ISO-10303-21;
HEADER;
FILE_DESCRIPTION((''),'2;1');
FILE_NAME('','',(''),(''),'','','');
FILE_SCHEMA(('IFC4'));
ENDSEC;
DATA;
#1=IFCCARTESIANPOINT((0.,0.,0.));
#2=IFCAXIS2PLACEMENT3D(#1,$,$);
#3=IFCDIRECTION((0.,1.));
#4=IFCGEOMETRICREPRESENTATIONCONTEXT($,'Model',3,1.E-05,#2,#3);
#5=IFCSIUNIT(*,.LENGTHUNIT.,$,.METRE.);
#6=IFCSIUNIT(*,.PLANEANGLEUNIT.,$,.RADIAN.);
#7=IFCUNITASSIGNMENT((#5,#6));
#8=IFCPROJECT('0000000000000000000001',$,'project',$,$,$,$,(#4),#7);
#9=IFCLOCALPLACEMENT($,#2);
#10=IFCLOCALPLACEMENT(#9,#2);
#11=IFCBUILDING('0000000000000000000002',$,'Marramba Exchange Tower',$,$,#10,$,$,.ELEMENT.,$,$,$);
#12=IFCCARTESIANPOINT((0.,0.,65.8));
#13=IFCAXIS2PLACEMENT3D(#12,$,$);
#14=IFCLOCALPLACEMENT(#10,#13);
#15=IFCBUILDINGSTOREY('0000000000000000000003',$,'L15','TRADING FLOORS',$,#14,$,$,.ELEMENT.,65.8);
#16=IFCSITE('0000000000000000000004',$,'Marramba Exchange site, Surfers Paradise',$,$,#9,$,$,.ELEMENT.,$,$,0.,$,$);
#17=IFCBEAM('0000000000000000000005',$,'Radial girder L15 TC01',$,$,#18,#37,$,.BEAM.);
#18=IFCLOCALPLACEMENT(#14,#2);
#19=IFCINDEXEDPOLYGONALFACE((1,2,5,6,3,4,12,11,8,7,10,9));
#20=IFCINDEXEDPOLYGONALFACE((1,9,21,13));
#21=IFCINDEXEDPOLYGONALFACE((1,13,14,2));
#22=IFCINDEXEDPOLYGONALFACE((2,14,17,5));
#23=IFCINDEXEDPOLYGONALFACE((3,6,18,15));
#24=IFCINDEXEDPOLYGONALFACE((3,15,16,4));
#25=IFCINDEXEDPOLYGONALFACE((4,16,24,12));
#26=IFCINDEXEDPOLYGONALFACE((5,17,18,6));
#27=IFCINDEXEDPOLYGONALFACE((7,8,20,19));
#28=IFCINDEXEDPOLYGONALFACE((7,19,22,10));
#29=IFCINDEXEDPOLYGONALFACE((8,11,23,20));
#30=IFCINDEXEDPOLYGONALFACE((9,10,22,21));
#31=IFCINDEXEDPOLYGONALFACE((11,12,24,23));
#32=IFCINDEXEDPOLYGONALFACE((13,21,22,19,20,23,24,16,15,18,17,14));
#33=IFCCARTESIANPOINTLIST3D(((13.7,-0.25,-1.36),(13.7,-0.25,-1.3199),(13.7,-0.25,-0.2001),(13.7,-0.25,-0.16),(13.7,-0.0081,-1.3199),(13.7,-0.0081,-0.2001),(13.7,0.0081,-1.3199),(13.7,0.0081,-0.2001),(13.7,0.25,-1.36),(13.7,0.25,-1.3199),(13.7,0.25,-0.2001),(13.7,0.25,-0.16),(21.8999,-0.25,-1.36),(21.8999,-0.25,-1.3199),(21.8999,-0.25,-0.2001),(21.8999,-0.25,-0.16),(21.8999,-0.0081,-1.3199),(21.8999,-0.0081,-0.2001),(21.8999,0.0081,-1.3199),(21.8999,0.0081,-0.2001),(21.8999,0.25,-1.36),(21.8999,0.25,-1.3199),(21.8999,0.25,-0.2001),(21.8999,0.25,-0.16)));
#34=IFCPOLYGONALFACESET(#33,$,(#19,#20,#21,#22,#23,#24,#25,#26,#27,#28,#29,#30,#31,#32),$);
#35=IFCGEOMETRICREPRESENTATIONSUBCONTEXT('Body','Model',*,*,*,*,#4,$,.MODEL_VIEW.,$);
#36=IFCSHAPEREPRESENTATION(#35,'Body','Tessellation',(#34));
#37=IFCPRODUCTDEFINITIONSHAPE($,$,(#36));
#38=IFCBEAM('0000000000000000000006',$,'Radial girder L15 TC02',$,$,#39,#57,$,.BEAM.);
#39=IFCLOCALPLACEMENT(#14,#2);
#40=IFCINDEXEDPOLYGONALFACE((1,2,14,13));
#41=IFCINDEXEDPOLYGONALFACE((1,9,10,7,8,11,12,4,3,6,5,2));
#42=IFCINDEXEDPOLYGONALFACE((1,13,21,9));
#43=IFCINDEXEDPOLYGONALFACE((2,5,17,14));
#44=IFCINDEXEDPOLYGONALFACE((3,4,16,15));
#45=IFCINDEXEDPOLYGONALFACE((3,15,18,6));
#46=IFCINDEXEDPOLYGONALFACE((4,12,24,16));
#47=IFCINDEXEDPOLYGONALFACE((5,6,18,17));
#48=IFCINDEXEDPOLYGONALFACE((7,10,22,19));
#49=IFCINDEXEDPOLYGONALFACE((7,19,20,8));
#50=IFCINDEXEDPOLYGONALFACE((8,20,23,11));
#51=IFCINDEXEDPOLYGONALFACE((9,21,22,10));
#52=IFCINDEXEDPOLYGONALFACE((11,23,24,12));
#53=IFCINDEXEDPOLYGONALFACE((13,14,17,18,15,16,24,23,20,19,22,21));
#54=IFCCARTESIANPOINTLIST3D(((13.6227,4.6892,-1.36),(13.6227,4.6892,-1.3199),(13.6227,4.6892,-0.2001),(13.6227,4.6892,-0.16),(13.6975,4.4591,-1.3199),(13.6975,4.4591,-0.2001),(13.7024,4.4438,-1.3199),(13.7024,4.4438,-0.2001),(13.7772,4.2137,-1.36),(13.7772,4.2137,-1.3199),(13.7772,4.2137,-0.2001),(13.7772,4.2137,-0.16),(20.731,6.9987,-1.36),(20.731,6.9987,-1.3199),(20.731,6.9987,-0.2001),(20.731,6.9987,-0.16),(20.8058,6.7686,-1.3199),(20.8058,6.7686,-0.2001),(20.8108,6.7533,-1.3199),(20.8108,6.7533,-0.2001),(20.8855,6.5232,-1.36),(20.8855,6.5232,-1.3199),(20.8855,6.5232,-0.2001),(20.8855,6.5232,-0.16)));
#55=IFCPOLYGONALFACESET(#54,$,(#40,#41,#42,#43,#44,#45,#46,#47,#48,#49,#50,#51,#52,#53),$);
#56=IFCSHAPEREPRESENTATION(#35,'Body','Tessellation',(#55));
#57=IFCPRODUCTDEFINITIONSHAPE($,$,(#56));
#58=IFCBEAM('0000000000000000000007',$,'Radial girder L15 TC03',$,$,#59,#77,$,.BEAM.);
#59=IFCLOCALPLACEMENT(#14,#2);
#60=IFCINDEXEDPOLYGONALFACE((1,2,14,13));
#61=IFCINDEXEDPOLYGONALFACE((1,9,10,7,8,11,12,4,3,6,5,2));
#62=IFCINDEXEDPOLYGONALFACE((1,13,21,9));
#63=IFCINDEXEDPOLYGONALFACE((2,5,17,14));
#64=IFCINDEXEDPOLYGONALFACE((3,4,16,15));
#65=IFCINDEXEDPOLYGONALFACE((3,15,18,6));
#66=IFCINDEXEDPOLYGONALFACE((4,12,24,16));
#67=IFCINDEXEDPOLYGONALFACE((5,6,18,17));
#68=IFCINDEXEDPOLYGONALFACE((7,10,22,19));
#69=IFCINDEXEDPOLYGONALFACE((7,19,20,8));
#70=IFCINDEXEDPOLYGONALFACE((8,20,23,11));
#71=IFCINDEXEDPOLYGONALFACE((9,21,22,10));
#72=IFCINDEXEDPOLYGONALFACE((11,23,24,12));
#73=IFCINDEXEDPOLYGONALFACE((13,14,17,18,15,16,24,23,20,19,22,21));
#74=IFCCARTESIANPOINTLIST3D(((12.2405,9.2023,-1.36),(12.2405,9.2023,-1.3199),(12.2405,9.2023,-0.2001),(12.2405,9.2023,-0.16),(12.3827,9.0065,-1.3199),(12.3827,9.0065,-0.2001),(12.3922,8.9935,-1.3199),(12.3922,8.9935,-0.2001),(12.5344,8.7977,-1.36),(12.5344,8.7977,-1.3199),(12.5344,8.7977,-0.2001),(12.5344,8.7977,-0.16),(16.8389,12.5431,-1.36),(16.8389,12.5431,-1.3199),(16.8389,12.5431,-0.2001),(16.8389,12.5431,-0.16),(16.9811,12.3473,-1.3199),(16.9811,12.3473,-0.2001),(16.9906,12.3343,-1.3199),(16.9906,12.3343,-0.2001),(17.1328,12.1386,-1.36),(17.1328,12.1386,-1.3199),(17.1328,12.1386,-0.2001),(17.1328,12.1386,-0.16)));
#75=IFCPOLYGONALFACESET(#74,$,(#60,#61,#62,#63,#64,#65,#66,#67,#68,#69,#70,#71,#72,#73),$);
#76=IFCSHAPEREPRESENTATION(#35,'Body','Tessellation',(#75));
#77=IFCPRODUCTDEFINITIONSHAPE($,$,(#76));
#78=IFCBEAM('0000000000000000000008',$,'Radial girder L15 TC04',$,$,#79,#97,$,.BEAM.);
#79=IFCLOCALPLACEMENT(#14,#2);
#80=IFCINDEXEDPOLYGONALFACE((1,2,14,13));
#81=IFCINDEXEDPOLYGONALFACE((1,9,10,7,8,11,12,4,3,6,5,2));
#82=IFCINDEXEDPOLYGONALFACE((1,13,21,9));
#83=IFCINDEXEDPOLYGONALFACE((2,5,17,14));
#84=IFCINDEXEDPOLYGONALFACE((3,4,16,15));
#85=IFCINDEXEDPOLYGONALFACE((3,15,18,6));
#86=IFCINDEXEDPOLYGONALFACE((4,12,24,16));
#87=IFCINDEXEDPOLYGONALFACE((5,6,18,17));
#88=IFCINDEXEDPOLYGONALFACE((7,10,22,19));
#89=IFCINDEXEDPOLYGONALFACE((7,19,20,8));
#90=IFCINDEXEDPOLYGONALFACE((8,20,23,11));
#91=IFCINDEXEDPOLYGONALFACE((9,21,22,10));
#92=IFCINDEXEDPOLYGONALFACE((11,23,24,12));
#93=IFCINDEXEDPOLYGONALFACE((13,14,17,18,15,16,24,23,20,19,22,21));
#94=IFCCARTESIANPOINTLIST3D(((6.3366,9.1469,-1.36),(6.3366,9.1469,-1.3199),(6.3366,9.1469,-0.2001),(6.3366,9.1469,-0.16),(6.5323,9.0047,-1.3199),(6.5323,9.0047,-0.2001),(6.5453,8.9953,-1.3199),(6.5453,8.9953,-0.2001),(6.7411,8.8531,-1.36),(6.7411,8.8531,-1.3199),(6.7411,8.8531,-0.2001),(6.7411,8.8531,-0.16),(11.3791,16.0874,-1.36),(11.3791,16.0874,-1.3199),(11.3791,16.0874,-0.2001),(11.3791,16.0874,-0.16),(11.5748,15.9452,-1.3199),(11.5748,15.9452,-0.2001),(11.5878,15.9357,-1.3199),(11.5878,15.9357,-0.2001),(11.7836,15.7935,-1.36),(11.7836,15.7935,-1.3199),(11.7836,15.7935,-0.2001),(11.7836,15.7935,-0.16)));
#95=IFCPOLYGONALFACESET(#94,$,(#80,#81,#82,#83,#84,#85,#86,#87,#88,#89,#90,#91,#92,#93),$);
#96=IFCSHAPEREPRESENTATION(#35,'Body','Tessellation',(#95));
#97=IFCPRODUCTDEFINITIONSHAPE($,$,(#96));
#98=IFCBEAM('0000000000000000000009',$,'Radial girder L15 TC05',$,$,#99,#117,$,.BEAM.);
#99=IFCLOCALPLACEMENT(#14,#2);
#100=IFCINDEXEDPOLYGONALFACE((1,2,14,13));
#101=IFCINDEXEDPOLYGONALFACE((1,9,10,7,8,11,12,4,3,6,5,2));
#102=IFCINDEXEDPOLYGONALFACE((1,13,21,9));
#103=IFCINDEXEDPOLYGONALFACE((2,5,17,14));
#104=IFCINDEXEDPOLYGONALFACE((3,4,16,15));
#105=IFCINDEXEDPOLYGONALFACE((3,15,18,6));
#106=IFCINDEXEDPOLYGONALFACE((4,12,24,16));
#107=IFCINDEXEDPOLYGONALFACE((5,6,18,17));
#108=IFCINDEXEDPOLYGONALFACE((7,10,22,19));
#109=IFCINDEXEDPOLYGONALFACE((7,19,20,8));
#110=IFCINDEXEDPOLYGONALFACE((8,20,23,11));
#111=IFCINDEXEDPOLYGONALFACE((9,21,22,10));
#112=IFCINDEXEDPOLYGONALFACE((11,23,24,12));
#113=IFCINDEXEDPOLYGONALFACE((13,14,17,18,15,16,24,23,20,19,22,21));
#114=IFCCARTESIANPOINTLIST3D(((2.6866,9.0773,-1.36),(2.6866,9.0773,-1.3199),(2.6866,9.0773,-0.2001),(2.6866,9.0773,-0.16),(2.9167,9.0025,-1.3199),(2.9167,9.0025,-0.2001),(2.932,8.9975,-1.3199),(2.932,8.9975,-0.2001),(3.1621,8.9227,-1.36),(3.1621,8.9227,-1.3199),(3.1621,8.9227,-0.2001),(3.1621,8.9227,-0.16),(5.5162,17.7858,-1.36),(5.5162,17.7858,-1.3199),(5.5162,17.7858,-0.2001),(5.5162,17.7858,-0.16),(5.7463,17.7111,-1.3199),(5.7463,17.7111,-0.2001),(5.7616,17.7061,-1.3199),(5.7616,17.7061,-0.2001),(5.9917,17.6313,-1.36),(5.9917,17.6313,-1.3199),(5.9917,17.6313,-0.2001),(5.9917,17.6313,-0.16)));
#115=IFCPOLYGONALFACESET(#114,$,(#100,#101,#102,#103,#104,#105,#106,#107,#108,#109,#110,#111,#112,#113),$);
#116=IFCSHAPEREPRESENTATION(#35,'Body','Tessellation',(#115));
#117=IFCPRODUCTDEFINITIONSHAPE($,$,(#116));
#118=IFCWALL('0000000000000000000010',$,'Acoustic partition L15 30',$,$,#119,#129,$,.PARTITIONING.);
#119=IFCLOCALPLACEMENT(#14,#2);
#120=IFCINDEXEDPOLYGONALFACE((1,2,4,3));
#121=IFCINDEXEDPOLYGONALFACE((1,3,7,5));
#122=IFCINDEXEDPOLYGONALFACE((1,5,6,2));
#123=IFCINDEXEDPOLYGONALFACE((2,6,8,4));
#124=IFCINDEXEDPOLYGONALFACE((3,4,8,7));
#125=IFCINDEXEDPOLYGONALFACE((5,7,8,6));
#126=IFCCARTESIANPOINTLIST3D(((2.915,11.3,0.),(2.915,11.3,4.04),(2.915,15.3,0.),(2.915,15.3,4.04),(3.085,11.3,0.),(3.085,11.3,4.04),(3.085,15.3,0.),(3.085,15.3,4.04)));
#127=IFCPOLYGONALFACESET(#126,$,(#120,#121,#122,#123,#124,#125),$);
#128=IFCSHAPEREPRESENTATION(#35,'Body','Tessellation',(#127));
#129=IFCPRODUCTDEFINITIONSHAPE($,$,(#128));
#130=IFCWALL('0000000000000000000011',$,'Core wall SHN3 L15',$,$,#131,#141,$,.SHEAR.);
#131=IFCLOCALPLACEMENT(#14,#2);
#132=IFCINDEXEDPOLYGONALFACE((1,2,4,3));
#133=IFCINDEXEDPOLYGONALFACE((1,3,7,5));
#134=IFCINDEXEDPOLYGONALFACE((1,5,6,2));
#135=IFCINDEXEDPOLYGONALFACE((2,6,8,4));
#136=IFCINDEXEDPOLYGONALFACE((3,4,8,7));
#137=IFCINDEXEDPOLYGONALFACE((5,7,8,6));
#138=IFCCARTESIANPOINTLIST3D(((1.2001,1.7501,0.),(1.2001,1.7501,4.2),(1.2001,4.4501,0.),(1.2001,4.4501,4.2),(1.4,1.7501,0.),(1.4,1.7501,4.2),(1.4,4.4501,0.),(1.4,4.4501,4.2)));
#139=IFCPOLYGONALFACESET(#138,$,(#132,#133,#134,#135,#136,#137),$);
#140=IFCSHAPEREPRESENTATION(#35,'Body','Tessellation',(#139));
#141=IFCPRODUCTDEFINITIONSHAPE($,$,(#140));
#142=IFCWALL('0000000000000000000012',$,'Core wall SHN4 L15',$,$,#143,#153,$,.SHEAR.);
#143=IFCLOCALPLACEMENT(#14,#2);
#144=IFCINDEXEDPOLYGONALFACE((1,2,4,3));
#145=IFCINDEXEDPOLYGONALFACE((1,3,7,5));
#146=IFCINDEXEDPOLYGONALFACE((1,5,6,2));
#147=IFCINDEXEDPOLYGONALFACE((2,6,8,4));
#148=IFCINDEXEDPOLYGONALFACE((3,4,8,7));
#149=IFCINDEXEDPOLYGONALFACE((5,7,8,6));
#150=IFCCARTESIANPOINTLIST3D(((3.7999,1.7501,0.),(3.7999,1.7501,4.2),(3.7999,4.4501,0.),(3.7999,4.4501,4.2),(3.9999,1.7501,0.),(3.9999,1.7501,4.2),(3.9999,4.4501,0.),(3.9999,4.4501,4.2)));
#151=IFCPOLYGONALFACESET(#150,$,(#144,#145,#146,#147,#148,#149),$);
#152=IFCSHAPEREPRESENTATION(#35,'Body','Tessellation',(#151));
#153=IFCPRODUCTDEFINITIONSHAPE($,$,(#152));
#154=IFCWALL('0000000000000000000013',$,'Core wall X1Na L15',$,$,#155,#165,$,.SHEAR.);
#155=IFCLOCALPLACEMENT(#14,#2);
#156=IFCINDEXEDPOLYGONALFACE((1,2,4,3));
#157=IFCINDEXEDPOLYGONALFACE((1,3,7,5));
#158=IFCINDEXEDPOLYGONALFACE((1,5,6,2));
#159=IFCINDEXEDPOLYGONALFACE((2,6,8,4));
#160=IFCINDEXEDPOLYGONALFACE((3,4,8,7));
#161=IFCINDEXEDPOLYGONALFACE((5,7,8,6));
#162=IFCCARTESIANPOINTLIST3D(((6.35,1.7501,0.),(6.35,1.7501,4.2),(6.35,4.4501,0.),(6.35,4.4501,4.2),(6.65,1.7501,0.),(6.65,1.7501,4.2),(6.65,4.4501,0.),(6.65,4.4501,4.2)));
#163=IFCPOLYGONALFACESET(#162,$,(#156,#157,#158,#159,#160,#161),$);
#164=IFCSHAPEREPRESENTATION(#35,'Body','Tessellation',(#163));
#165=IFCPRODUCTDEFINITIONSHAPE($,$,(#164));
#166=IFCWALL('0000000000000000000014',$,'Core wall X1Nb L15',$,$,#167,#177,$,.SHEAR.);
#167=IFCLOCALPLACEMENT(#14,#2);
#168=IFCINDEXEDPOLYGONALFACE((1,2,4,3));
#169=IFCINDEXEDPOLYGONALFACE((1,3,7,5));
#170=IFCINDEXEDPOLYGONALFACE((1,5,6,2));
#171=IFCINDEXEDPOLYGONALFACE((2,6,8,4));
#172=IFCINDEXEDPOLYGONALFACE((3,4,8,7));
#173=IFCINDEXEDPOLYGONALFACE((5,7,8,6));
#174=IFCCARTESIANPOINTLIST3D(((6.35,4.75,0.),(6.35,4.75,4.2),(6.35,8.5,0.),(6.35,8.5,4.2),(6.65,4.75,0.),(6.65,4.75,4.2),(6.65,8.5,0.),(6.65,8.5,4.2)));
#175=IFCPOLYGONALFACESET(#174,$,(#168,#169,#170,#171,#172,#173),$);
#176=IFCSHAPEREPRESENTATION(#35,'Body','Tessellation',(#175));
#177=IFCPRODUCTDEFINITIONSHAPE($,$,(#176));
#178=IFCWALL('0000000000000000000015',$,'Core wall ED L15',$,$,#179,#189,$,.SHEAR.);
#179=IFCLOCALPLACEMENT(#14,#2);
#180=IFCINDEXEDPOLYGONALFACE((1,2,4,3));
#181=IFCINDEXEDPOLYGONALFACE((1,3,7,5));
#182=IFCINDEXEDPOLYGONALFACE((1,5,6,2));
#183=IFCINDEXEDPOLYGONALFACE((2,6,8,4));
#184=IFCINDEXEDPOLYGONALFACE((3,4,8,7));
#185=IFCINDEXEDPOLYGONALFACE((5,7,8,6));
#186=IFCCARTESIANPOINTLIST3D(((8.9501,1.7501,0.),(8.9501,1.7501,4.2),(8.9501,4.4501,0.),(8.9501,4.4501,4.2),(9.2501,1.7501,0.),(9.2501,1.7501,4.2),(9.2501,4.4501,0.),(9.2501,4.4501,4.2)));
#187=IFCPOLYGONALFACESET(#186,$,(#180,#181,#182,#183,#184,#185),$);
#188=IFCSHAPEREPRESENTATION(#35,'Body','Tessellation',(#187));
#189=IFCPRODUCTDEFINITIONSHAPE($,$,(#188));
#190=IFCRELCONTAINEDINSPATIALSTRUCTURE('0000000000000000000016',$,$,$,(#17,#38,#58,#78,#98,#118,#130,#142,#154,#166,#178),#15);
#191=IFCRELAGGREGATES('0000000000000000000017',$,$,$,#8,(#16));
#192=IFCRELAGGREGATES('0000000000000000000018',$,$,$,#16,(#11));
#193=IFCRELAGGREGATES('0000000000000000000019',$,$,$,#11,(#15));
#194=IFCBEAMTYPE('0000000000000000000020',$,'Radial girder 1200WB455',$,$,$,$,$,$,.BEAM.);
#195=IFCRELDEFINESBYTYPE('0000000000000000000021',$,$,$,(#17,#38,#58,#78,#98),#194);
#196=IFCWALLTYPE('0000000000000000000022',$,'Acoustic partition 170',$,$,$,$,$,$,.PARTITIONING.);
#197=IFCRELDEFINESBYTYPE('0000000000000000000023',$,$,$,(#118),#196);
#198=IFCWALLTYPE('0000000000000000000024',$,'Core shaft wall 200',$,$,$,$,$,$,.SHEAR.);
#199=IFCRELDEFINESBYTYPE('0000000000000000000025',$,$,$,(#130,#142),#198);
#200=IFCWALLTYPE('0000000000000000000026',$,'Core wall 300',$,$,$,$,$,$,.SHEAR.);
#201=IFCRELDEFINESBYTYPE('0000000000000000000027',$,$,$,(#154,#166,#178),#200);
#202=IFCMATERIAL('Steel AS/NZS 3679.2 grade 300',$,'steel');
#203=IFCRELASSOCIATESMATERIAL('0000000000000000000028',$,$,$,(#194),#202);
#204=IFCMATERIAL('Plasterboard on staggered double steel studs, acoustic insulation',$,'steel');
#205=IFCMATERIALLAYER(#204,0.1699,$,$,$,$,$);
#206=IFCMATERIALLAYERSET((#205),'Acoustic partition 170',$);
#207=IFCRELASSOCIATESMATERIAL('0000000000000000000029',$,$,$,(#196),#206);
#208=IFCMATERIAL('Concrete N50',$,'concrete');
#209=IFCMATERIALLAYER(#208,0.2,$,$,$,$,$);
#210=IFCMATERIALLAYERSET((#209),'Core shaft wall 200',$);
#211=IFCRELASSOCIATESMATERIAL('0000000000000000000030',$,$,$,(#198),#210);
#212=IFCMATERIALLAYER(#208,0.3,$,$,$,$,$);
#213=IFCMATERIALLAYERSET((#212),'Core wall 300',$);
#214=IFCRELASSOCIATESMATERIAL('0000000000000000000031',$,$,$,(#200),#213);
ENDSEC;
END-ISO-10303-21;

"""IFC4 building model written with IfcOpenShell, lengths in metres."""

from ifc_helpers import new_model, si_unit, direction, frame, frame_2d, origin, origin_2d, place, context, subcontext, project, spatial, rectangle, i_section, extrude, material, layer, layer_set, material_profile, profile_set, type_object, element, save


model = new_model("IFC4")

# Units and contexts
model_context = context("Model", 3, precision=1e-05, world=origin(), true_north=direction((0.0, 1.0)))
body_context = subcontext(model_context, "Body", "Model", "MODEL_VIEW")
ifc_project = project(units=[si_unit("LENGTHUNIT", "METRE"), si_unit("PLANEANGLEUNIT", "RADIAN")], contexts=[model_context])

# Site, building, storey
site_placement = place(None, origin())
site = spatial("IfcSite", under=ifc_project, at=site_placement, Name="Marramba Exchange site, Surfers Paradise", CompositionType="ELEMENT", RefElevation=0.0)
building_placement = place(site_placement, origin())
building = spatial("IfcBuilding", under=site, at=building_placement, Name="Marramba Exchange Tower", CompositionType="ELEMENT")
storey_placement = place(building_placement, frame((0.0, 0.0, 65.8)))
storey = spatial("IfcBuildingStorey", under=building, at=storey_placement, Name="L15", Description="TRADING FLOORS", CompositionType="ELEMENT", Elevation=65.8)

# Beams
ifc_material_1 = material(Name="Steel AS/NZS 3679.2 grade 300", Category="steel")
ifc_material_profile = material_profile(ifc_material_1, i_section(OverallWidth=0.5, OverallDepth=1.2, WebThickness=0.0161, FlangeThickness=0.04, at=origin_2d()), Name="1200WB455")
ifc_profile_set = profile_set([ifc_material_profile], Name="Steel AS/NZS 3679.2 grade 300")
beam_type = type_object("IfcBeamType", Name="Radial girder 1200WB455", PredefinedType="BEAM", material=ifc_profile_set)
beam_1_placement = place(storey_placement, frame((13.7, 0.0, -0.76), z_axis=(1.0, 0.0, 0.0), x_axis=(0.0, 1.0, 0.0)))
element("IfcBeam", 1, at=beam_1_placement, inside=storey, type_object=beam_type, Name="Radial girder L15 TC01", PredefinedType="BEAM", context=body_context, shape_type="SweptSolid", body=[
    extrude(i_section(OverallWidth=0.5, OverallDepth=1.2, WebThickness=0.0161, FlangeThickness=0.04, at=origin_2d()), origin(), (0.0, 0.0, 1.0), 8.2),
])
beam_2_placement = place(storey_placement, frame((13.7, 4.4514, -0.76), z_axis=(0.95106, 0.309006, 0.0), x_axis=(-0.309006, 0.95106, 0.0)))
element("IfcBeam", 2, at=beam_2_placement, inside=storey, type_object=beam_type, Name="Radial girder L15 TC02", PredefinedType="BEAM", context=body_context, shape_type="SweptSolid", body=[
    extrude(i_section(OverallWidth=0.5, OverallDepth=1.2, WebThickness=0.0161, FlangeThickness=0.04, at=origin_2d()), origin(), (0.0, 0.0, 1.0), 7.4741),
])
beam_3_placement = place(storey_placement, frame((12.3875, 9.0, -0.76), z_axis=(0.809026, 0.587773, 0.0), x_axis=(-0.587773, 0.809026, 0.0)))
element("IfcBeam", 3, at=beam_3_placement, inside=storey, type_object=beam_type, Name="Radial girder L15 TC03", PredefinedType="BEAM", context=body_context, shape_type="SweptSolid", body=[
    extrude(i_section(OverallWidth=0.5, OverallDepth=1.2, WebThickness=0.0161, FlangeThickness=0.04, at=origin_2d()), origin(), (0.0, 0.0, 1.0), 5.6838),
])
beam_4_placement = place(storey_placement, frame((6.5388, 9.0, -0.76), z_axis=(0.587782, 0.809019, 0.0), x_axis=(-0.809019, 0.587782, 0.0)))
element("IfcBeam", 4, at=beam_4_placement, inside=storey, type_object=beam_type, Name="Radial girder L15 TC04", PredefinedType="BEAM", context=body_context, shape_type="SweptSolid", body=[
    extrude(i_section(OverallWidth=0.5, OverallDepth=1.2, WebThickness=0.0161, FlangeThickness=0.04, at=origin_2d()), origin(), (0.0, 0.0, 1.0), 8.5789),
])
beam_5_placement = place(storey_placement, frame((2.9243, 9.0, -0.76), z_axis=(0.30902, 0.951056, 0.0), x_axis=(-0.951056, 0.30902, 0.0)))
element("IfcBeam", 5, at=beam_5_placement, inside=storey, type_object=beam_type, Name="Radial girder L15 TC05", PredefinedType="BEAM", context=body_context, shape_type="SweptSolid", body=[
    extrude(i_section(OverallWidth=0.5, OverallDepth=1.2, WebThickness=0.0161, FlangeThickness=0.04, at=origin_2d()), origin(), (0.0, 0.0, 1.0), 9.1567),
])

# Walls
ifc_material_2 = material(Name="Plasterboard on staggered double steel studs, acoustic insulation", Category="steel")
ifc_layer_1 = layer(ifc_material_2, 0.1699)
ifc_layer_set_1 = layer_set([ifc_layer_1], Name="Acoustic partition 170")
wall_type_1 = type_object("IfcWallType", Name="Acoustic partition 170", PredefinedType="PARTITIONING", material=ifc_layer_set_1)
wall_1_placement = place(storey_placement, frame((3.0, 11.3, 0.0), z_axis=(0.0, 0.0, 1.0), x_axis=(0.0, 1.0, 0.0)))
element("IfcWall", 6, at=wall_1_placement, inside=storey, type_object=wall_type_1, Name="Acoustic partition L15 30", PredefinedType="PARTITIONING", context=body_context, shape_type="SweptSolid", body=[
    extrude(rectangle(XDim=4.0, YDim=0.1699, at=frame_2d((2.0, 0.0))), origin(), (0.0, 0.0, 1.0), 4.04),
])
ifc_material_3 = material(Name="Concrete N50", Category="concrete")
ifc_layer_2 = layer(ifc_material_3, 0.2)
ifc_layer_set_2 = layer_set([ifc_layer_2], Name="Core shaft wall 200")
wall_type_2 = type_object("IfcWallType", Name="Core shaft wall 200", PredefinedType="SHEAR", material=ifc_layer_set_2)
for number, where, z_axis, x_axis, name in (
    (7, (1.3, 1.75, 0.0), (0.0, 0.0, 1.0), (0.0, 1.0, 0.0), "Core wall SHN3 L15"),
    (8, (3.8999, 1.75, 0.0), (0.0, 0.0, 1.0), (0.0, 1.0, 0.0), "Core wall SHN4 L15"),
):
    element("IfcWall", number, at=place(storey_placement, frame(where, z_axis=z_axis, x_axis=x_axis)), inside=storey, type_object=wall_type_2, Name=name, PredefinedType="SHEAR", context=body_context, shape_type="SweptSolid", body=[
        extrude(rectangle(XDim=2.7, YDim=0.2, at=frame_2d((1.3501, 0.0))), origin(), (0.0, 0.0, 1.0), 4.2),
    ])

# Walls
ifc_layer_3 = layer(ifc_material_3, 0.3)
ifc_layer_set_3 = layer_set([ifc_layer_3], Name="Core wall 300")
wall_type_3 = type_object("IfcWallType", Name="Core wall 300", PredefinedType="SHEAR", material=ifc_layer_set_3)
wall_2_placement = place(storey_placement, frame((6.5, 1.75, 0.0), z_axis=(0.0, 0.0, 1.0), x_axis=(0.0, 1.0, 0.0)))
element("IfcWall", 9, at=wall_2_placement, inside=storey, type_object=wall_type_3, Name="Core wall X1Na L15", PredefinedType="SHEAR", context=body_context, shape_type="SweptSolid", body=[
    extrude(rectangle(XDim=2.7, YDim=0.3, at=frame_2d((1.3501, 0.0))), origin(), (0.0, 0.0, 1.0), 4.2),
])
wall_3_placement = place(storey_placement, frame((6.5, 4.75, 0.0), z_axis=(0.0, 0.0, 1.0), x_axis=(0.0, 1.0, 0.0)))
element("IfcWall", 10, at=wall_3_placement, inside=storey, type_object=wall_type_3, Name="Core wall X1Nb L15", PredefinedType="SHEAR", context=body_context, shape_type="SweptSolid", body=[
    extrude(rectangle(XDim=3.75, YDim=0.3, at=frame_2d((1.875, 0.0))), origin(), (0.0, 0.0, 1.0), 4.2),
])
wall_4_placement = place(storey_placement, frame((9.1001, 1.75, 0.0), z_axis=(0.0, 0.0, 1.0), x_axis=(0.0, 1.0, 0.0)))
element("IfcWall", 11, at=wall_4_placement, inside=storey, type_object=wall_type_3, Name="Core wall ED L15", PredefinedType="SHEAR", context=body_context, shape_type="SweptSolid", body=[
    extrude(rectangle(XDim=2.7, YDim=0.3, at=frame_2d((1.3501, 0.0))), origin(), (0.0, 0.0, 1.0), 4.2),
])

save(model, "model.ifc")
